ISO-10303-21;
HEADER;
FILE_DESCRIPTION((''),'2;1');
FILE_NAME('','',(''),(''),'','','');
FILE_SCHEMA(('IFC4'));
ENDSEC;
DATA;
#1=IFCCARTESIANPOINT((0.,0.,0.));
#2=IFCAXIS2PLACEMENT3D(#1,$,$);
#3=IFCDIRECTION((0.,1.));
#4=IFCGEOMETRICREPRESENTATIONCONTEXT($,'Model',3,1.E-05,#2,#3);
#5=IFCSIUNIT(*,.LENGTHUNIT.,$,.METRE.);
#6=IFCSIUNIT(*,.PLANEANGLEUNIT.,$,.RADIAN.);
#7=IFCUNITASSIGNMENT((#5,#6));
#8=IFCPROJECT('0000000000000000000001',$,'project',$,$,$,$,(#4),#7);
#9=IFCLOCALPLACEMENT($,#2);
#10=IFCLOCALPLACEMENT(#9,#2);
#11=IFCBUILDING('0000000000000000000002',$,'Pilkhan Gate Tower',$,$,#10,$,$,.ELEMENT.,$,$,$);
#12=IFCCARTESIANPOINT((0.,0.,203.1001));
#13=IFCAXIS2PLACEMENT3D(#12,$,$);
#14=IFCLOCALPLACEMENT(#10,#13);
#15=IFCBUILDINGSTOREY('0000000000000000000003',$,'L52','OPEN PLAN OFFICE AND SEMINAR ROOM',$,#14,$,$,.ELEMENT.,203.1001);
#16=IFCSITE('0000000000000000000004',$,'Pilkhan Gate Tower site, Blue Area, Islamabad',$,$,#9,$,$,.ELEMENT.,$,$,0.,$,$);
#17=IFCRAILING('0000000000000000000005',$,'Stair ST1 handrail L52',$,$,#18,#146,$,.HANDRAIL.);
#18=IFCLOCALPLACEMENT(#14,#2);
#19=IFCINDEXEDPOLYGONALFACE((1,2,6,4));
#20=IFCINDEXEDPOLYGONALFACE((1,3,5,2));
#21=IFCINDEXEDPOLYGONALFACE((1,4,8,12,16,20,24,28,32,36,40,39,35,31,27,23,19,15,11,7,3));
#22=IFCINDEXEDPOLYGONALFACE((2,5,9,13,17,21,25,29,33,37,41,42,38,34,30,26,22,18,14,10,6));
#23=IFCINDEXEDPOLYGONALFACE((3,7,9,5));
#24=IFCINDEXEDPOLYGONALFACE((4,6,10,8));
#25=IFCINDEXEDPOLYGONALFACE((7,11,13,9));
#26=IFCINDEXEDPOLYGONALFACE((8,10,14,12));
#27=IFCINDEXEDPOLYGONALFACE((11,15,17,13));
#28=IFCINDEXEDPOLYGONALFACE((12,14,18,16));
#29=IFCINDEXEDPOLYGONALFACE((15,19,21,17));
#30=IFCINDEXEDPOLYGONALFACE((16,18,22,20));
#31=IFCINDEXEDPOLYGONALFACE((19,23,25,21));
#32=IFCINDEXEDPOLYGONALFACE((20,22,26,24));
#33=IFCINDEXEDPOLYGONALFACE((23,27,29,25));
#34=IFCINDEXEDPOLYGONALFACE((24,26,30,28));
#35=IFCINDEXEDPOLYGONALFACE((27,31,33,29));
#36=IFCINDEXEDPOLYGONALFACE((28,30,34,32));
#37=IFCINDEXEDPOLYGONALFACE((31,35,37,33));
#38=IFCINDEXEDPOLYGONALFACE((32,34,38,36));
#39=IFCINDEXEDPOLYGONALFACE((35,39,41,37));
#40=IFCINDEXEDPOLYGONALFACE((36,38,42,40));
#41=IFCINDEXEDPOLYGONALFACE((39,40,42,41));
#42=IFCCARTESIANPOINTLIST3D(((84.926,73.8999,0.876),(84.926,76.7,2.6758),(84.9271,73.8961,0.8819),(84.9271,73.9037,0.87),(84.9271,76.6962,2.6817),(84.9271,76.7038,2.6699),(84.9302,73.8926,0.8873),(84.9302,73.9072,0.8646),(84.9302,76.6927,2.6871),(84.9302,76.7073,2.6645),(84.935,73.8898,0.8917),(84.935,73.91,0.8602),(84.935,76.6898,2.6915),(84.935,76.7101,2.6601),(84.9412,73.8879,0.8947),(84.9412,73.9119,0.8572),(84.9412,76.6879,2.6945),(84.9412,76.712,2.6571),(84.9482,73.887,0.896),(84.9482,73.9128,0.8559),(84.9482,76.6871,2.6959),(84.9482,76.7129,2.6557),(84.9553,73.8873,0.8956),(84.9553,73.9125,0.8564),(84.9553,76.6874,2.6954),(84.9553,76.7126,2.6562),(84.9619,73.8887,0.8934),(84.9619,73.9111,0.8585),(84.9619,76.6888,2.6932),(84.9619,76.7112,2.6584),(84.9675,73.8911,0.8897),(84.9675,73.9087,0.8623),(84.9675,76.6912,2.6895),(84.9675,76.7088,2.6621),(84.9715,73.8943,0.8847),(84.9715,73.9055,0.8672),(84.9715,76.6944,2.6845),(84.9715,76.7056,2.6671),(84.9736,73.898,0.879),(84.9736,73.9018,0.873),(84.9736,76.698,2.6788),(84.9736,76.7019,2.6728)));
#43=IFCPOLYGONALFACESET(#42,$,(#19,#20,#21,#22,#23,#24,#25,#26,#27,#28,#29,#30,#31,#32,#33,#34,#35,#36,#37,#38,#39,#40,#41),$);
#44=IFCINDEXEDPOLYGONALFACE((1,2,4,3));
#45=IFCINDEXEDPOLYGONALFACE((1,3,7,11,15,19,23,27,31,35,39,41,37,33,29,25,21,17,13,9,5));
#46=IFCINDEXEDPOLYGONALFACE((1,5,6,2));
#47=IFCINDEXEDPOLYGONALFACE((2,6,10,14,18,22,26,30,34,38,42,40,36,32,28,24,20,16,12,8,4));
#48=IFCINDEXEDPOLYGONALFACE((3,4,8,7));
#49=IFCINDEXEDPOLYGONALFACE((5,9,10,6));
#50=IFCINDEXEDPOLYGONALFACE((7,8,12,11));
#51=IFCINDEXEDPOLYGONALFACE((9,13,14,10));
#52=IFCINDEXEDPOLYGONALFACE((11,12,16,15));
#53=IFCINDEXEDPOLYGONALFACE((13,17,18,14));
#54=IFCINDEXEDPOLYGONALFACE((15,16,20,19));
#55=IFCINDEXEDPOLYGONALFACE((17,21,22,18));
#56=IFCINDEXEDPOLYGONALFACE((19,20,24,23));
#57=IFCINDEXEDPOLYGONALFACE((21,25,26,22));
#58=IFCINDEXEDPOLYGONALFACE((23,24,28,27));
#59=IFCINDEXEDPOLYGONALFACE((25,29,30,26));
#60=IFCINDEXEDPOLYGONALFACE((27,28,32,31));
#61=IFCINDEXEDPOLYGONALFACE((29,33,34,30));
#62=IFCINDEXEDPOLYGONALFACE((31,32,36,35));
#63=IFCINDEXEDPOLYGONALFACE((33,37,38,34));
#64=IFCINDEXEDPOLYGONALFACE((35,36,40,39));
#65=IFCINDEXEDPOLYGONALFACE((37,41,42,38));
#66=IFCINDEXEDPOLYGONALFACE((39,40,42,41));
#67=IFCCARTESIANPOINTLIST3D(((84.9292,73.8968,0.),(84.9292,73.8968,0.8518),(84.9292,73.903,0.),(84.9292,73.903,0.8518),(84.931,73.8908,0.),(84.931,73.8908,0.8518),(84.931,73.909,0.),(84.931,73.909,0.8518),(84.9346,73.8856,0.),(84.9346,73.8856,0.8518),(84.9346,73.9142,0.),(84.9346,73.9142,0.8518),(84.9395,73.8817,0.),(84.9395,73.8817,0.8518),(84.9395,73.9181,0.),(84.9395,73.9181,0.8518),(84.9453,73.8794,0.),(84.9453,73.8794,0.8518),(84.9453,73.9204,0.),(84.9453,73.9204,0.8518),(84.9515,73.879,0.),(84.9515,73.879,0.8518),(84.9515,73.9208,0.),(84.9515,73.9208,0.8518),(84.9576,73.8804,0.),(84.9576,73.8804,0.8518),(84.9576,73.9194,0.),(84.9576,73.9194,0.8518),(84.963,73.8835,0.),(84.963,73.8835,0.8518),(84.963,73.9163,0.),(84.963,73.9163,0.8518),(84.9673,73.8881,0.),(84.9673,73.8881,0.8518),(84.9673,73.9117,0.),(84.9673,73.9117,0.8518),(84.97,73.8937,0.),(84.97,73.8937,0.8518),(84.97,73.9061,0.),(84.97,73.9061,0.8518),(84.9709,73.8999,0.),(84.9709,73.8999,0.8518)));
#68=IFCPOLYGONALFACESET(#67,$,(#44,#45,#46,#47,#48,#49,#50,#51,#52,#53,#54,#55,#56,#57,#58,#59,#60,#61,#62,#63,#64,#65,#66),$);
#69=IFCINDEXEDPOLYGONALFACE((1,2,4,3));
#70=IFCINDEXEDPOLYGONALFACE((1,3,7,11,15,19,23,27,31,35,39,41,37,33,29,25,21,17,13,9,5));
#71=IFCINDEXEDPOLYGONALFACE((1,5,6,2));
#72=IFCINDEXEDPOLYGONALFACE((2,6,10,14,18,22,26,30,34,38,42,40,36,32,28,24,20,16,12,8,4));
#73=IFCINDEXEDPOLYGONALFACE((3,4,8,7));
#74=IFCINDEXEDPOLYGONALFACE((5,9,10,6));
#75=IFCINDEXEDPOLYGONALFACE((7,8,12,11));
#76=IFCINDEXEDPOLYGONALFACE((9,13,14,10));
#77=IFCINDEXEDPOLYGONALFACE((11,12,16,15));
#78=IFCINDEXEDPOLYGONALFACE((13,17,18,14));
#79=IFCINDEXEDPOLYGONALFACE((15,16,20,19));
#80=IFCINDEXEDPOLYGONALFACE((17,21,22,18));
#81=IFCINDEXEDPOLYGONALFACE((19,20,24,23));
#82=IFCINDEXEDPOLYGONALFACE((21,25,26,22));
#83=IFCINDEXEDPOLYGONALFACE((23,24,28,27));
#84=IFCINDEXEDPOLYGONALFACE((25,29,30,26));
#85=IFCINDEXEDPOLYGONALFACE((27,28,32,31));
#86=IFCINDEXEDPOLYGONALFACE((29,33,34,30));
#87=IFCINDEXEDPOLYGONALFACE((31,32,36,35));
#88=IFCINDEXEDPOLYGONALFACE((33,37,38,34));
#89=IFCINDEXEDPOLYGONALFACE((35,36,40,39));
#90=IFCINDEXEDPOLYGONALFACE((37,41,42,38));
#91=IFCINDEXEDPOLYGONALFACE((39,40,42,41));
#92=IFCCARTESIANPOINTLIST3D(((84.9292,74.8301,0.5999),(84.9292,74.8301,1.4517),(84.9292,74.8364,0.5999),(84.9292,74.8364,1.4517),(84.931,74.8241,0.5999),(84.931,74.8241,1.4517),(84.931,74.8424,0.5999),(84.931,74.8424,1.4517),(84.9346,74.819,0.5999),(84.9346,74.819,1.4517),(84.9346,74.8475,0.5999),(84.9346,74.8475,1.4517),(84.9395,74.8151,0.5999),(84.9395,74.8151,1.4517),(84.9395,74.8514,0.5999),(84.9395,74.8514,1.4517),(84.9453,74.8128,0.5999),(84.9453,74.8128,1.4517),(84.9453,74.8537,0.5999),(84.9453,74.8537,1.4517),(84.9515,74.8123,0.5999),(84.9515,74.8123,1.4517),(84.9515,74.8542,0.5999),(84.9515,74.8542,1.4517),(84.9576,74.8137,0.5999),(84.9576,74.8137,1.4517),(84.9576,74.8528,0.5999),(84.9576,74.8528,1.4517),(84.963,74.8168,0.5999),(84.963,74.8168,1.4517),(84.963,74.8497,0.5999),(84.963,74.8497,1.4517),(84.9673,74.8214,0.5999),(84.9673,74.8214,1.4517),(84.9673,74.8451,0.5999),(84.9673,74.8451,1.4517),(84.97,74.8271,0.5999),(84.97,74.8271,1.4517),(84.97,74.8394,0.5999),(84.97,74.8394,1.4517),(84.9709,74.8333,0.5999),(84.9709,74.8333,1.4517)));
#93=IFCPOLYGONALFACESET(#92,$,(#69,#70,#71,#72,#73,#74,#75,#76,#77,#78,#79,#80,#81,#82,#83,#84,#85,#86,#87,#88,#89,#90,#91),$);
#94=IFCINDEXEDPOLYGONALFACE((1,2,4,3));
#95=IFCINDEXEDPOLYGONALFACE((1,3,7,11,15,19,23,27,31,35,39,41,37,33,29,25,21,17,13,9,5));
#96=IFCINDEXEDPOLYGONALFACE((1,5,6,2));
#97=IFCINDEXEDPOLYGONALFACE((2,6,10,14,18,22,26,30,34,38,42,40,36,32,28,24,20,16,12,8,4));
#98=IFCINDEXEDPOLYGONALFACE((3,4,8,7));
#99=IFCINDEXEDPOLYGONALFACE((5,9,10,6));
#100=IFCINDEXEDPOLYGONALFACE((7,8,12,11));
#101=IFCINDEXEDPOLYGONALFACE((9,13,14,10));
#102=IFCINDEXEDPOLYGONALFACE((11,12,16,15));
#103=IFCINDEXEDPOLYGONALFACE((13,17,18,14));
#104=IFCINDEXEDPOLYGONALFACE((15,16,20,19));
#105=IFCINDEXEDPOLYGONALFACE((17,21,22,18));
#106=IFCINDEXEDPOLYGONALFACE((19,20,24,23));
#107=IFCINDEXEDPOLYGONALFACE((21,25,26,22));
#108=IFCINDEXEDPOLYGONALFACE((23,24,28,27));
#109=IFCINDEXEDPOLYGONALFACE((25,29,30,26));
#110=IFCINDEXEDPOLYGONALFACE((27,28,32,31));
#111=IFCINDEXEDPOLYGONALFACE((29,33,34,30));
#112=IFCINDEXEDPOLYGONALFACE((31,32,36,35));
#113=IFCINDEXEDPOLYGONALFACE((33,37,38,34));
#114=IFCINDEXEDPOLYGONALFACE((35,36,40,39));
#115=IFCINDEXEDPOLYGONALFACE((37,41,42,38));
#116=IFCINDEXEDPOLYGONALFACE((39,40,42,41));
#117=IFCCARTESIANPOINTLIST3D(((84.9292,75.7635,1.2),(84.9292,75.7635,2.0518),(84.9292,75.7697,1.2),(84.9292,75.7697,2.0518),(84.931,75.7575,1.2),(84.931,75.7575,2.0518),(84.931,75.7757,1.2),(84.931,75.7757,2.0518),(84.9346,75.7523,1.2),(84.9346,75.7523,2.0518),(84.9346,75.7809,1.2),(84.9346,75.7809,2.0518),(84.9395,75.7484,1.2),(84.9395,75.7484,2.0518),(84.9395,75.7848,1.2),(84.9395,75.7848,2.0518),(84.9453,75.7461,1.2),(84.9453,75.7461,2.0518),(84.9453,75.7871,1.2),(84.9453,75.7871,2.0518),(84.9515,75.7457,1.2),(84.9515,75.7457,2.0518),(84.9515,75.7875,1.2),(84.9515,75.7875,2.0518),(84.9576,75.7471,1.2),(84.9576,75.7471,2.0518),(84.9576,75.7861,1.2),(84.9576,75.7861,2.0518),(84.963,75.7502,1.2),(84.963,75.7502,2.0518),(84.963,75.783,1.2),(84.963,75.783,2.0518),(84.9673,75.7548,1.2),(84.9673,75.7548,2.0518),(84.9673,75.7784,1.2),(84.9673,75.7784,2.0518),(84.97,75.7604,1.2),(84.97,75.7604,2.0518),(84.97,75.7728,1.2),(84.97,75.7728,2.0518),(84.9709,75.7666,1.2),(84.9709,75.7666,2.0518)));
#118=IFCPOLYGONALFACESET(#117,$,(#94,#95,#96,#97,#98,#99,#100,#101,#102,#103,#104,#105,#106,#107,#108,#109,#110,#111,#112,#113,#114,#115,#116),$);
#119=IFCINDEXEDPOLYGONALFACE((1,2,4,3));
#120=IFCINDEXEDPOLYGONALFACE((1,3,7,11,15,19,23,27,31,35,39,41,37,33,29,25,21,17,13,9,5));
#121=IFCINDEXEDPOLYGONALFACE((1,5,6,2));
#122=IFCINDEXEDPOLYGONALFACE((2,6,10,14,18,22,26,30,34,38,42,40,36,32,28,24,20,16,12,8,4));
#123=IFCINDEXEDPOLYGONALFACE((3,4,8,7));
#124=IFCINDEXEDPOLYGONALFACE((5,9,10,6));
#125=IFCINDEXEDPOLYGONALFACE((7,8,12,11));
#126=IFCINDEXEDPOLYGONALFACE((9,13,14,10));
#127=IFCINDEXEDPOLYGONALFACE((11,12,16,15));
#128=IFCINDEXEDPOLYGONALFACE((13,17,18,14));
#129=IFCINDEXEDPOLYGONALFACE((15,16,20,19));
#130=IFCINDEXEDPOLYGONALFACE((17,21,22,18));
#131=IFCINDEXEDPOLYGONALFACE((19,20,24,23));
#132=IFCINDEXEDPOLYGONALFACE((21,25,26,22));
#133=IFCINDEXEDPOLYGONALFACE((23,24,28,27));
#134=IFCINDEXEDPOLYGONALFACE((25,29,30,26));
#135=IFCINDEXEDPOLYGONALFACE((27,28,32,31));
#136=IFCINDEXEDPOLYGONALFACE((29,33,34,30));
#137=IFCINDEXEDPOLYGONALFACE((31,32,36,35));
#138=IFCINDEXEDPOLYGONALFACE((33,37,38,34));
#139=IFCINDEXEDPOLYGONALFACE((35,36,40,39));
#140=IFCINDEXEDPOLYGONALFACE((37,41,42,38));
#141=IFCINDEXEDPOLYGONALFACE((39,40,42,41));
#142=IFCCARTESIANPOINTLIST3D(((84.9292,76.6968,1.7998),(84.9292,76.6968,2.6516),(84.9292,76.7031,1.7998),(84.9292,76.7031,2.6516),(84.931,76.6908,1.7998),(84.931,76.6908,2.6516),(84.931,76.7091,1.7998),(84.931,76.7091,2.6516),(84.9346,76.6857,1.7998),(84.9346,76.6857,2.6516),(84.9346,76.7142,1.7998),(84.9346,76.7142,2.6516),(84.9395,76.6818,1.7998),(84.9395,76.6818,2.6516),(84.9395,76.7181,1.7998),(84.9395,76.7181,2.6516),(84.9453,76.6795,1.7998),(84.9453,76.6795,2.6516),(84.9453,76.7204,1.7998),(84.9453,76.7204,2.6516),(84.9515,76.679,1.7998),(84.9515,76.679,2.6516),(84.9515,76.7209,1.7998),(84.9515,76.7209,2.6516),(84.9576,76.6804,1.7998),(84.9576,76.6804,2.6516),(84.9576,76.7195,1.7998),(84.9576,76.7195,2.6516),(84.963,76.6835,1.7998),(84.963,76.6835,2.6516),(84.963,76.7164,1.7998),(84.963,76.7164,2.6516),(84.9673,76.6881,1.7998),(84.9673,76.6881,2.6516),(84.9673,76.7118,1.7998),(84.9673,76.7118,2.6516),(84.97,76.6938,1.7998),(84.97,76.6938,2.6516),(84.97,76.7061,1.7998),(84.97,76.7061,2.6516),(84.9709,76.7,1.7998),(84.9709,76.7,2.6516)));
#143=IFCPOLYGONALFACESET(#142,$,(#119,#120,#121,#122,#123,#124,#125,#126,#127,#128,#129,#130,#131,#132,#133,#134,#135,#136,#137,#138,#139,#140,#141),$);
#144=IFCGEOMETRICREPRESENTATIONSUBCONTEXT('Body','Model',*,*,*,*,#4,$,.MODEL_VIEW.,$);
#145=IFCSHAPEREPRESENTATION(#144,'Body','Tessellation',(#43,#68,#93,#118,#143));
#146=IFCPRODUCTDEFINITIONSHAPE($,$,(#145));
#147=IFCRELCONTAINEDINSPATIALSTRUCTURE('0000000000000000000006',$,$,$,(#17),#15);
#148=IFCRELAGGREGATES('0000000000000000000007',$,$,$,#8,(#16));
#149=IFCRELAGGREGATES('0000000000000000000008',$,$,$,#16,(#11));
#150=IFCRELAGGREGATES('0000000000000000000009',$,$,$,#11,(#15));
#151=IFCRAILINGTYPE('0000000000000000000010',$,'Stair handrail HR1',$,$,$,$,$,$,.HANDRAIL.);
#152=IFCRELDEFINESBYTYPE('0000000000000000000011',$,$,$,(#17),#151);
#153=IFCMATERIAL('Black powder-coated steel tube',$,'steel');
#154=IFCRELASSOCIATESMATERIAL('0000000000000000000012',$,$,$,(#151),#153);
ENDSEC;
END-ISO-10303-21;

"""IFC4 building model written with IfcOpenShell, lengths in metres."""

from ifc_helpers import new_model, si_unit, direction, frame, origin, origin_2d, place, context, subcontext, project, spatial, circle, extrude, material, type_object, element, save


model = new_model("IFC4")

# Units and contexts
model_context = context("Model", 3, precision=1e-05, world=origin(), true_north=direction((0.0, 1.0)))
body_context = subcontext(model_context, "Body", "Model", "MODEL_VIEW")
ifc_project = project(units=[si_unit("LENGTHUNIT", "METRE"), si_unit("PLANEANGLEUNIT", "RADIAN")], contexts=[model_context])

# Site, building, storey
site_placement = place(None, origin())
site = spatial("IfcSite", under=ifc_project, at=site_placement, Name="Pilkhan Gate Tower site, Blue Area, Islamabad", CompositionType="ELEMENT", RefElevation=0.0)
building_placement = place(site_placement, origin())
building = spatial("IfcBuilding", under=site, at=building_placement, Name="Pilkhan Gate Tower", CompositionType="ELEMENT")
storey_placement = place(building_placement, frame((0.0, 0.0, 203.1001)))
storey = spatial("IfcBuildingStorey", under=building, at=storey_placement, Name="L52", Description="OPEN PLAN OFFICE AND SEMINAR ROOM", CompositionType="ELEMENT", Elevation=203.1001)

# Railing
ifc_material_1 = material(Name="Black powder-coated steel tube", Category="steel")
railing_type_1 = type_object("IfcRailingType", Name="Stair handrail HR1", PredefinedType="HANDRAIL", material=ifc_material_1)
railing_1_placement = place(storey_placement, frame((84.95, 73.8999, 0.0)))
element("IfcRailing", 1, at=railing_1_placement, inside=storey, type_object=railing_type_1, Name="Stair ST1 handrail L52", PredefinedType="HANDRAIL", context=body_context, shape_type="SweptSolid", body=[
    extrude(circle(Radius=0.0239, at=origin_2d()), frame((0.0, 0.0, 0.876), z_axis=(0.0, 0.841209, 0.540709), x_axis=(-1.0, 0.0, 0.0)), (0.0, 0.0, 1.0), 3.3286),
    extrude(circle(Radius=0.021, at=origin_2d()), origin(), (0.0, 0.0, 1.0), 0.8518),
    extrude(circle(Radius=0.021, at=origin_2d()), frame((0.0, 0.9333, 0.5999)), (0.0, 0.0, 1.0), 0.8518),
    extrude(circle(Radius=0.021, at=origin_2d()), frame((0.0, 1.8667, 1.2)), (0.0, 0.0, 1.0), 0.8518),
    extrude(circle(Radius=0.021, at=origin_2d()), frame((0.0, 2.8, 1.7998)), (0.0, 0.0, 1.0), 0.8518),
])

save(model, "model.ifc")
